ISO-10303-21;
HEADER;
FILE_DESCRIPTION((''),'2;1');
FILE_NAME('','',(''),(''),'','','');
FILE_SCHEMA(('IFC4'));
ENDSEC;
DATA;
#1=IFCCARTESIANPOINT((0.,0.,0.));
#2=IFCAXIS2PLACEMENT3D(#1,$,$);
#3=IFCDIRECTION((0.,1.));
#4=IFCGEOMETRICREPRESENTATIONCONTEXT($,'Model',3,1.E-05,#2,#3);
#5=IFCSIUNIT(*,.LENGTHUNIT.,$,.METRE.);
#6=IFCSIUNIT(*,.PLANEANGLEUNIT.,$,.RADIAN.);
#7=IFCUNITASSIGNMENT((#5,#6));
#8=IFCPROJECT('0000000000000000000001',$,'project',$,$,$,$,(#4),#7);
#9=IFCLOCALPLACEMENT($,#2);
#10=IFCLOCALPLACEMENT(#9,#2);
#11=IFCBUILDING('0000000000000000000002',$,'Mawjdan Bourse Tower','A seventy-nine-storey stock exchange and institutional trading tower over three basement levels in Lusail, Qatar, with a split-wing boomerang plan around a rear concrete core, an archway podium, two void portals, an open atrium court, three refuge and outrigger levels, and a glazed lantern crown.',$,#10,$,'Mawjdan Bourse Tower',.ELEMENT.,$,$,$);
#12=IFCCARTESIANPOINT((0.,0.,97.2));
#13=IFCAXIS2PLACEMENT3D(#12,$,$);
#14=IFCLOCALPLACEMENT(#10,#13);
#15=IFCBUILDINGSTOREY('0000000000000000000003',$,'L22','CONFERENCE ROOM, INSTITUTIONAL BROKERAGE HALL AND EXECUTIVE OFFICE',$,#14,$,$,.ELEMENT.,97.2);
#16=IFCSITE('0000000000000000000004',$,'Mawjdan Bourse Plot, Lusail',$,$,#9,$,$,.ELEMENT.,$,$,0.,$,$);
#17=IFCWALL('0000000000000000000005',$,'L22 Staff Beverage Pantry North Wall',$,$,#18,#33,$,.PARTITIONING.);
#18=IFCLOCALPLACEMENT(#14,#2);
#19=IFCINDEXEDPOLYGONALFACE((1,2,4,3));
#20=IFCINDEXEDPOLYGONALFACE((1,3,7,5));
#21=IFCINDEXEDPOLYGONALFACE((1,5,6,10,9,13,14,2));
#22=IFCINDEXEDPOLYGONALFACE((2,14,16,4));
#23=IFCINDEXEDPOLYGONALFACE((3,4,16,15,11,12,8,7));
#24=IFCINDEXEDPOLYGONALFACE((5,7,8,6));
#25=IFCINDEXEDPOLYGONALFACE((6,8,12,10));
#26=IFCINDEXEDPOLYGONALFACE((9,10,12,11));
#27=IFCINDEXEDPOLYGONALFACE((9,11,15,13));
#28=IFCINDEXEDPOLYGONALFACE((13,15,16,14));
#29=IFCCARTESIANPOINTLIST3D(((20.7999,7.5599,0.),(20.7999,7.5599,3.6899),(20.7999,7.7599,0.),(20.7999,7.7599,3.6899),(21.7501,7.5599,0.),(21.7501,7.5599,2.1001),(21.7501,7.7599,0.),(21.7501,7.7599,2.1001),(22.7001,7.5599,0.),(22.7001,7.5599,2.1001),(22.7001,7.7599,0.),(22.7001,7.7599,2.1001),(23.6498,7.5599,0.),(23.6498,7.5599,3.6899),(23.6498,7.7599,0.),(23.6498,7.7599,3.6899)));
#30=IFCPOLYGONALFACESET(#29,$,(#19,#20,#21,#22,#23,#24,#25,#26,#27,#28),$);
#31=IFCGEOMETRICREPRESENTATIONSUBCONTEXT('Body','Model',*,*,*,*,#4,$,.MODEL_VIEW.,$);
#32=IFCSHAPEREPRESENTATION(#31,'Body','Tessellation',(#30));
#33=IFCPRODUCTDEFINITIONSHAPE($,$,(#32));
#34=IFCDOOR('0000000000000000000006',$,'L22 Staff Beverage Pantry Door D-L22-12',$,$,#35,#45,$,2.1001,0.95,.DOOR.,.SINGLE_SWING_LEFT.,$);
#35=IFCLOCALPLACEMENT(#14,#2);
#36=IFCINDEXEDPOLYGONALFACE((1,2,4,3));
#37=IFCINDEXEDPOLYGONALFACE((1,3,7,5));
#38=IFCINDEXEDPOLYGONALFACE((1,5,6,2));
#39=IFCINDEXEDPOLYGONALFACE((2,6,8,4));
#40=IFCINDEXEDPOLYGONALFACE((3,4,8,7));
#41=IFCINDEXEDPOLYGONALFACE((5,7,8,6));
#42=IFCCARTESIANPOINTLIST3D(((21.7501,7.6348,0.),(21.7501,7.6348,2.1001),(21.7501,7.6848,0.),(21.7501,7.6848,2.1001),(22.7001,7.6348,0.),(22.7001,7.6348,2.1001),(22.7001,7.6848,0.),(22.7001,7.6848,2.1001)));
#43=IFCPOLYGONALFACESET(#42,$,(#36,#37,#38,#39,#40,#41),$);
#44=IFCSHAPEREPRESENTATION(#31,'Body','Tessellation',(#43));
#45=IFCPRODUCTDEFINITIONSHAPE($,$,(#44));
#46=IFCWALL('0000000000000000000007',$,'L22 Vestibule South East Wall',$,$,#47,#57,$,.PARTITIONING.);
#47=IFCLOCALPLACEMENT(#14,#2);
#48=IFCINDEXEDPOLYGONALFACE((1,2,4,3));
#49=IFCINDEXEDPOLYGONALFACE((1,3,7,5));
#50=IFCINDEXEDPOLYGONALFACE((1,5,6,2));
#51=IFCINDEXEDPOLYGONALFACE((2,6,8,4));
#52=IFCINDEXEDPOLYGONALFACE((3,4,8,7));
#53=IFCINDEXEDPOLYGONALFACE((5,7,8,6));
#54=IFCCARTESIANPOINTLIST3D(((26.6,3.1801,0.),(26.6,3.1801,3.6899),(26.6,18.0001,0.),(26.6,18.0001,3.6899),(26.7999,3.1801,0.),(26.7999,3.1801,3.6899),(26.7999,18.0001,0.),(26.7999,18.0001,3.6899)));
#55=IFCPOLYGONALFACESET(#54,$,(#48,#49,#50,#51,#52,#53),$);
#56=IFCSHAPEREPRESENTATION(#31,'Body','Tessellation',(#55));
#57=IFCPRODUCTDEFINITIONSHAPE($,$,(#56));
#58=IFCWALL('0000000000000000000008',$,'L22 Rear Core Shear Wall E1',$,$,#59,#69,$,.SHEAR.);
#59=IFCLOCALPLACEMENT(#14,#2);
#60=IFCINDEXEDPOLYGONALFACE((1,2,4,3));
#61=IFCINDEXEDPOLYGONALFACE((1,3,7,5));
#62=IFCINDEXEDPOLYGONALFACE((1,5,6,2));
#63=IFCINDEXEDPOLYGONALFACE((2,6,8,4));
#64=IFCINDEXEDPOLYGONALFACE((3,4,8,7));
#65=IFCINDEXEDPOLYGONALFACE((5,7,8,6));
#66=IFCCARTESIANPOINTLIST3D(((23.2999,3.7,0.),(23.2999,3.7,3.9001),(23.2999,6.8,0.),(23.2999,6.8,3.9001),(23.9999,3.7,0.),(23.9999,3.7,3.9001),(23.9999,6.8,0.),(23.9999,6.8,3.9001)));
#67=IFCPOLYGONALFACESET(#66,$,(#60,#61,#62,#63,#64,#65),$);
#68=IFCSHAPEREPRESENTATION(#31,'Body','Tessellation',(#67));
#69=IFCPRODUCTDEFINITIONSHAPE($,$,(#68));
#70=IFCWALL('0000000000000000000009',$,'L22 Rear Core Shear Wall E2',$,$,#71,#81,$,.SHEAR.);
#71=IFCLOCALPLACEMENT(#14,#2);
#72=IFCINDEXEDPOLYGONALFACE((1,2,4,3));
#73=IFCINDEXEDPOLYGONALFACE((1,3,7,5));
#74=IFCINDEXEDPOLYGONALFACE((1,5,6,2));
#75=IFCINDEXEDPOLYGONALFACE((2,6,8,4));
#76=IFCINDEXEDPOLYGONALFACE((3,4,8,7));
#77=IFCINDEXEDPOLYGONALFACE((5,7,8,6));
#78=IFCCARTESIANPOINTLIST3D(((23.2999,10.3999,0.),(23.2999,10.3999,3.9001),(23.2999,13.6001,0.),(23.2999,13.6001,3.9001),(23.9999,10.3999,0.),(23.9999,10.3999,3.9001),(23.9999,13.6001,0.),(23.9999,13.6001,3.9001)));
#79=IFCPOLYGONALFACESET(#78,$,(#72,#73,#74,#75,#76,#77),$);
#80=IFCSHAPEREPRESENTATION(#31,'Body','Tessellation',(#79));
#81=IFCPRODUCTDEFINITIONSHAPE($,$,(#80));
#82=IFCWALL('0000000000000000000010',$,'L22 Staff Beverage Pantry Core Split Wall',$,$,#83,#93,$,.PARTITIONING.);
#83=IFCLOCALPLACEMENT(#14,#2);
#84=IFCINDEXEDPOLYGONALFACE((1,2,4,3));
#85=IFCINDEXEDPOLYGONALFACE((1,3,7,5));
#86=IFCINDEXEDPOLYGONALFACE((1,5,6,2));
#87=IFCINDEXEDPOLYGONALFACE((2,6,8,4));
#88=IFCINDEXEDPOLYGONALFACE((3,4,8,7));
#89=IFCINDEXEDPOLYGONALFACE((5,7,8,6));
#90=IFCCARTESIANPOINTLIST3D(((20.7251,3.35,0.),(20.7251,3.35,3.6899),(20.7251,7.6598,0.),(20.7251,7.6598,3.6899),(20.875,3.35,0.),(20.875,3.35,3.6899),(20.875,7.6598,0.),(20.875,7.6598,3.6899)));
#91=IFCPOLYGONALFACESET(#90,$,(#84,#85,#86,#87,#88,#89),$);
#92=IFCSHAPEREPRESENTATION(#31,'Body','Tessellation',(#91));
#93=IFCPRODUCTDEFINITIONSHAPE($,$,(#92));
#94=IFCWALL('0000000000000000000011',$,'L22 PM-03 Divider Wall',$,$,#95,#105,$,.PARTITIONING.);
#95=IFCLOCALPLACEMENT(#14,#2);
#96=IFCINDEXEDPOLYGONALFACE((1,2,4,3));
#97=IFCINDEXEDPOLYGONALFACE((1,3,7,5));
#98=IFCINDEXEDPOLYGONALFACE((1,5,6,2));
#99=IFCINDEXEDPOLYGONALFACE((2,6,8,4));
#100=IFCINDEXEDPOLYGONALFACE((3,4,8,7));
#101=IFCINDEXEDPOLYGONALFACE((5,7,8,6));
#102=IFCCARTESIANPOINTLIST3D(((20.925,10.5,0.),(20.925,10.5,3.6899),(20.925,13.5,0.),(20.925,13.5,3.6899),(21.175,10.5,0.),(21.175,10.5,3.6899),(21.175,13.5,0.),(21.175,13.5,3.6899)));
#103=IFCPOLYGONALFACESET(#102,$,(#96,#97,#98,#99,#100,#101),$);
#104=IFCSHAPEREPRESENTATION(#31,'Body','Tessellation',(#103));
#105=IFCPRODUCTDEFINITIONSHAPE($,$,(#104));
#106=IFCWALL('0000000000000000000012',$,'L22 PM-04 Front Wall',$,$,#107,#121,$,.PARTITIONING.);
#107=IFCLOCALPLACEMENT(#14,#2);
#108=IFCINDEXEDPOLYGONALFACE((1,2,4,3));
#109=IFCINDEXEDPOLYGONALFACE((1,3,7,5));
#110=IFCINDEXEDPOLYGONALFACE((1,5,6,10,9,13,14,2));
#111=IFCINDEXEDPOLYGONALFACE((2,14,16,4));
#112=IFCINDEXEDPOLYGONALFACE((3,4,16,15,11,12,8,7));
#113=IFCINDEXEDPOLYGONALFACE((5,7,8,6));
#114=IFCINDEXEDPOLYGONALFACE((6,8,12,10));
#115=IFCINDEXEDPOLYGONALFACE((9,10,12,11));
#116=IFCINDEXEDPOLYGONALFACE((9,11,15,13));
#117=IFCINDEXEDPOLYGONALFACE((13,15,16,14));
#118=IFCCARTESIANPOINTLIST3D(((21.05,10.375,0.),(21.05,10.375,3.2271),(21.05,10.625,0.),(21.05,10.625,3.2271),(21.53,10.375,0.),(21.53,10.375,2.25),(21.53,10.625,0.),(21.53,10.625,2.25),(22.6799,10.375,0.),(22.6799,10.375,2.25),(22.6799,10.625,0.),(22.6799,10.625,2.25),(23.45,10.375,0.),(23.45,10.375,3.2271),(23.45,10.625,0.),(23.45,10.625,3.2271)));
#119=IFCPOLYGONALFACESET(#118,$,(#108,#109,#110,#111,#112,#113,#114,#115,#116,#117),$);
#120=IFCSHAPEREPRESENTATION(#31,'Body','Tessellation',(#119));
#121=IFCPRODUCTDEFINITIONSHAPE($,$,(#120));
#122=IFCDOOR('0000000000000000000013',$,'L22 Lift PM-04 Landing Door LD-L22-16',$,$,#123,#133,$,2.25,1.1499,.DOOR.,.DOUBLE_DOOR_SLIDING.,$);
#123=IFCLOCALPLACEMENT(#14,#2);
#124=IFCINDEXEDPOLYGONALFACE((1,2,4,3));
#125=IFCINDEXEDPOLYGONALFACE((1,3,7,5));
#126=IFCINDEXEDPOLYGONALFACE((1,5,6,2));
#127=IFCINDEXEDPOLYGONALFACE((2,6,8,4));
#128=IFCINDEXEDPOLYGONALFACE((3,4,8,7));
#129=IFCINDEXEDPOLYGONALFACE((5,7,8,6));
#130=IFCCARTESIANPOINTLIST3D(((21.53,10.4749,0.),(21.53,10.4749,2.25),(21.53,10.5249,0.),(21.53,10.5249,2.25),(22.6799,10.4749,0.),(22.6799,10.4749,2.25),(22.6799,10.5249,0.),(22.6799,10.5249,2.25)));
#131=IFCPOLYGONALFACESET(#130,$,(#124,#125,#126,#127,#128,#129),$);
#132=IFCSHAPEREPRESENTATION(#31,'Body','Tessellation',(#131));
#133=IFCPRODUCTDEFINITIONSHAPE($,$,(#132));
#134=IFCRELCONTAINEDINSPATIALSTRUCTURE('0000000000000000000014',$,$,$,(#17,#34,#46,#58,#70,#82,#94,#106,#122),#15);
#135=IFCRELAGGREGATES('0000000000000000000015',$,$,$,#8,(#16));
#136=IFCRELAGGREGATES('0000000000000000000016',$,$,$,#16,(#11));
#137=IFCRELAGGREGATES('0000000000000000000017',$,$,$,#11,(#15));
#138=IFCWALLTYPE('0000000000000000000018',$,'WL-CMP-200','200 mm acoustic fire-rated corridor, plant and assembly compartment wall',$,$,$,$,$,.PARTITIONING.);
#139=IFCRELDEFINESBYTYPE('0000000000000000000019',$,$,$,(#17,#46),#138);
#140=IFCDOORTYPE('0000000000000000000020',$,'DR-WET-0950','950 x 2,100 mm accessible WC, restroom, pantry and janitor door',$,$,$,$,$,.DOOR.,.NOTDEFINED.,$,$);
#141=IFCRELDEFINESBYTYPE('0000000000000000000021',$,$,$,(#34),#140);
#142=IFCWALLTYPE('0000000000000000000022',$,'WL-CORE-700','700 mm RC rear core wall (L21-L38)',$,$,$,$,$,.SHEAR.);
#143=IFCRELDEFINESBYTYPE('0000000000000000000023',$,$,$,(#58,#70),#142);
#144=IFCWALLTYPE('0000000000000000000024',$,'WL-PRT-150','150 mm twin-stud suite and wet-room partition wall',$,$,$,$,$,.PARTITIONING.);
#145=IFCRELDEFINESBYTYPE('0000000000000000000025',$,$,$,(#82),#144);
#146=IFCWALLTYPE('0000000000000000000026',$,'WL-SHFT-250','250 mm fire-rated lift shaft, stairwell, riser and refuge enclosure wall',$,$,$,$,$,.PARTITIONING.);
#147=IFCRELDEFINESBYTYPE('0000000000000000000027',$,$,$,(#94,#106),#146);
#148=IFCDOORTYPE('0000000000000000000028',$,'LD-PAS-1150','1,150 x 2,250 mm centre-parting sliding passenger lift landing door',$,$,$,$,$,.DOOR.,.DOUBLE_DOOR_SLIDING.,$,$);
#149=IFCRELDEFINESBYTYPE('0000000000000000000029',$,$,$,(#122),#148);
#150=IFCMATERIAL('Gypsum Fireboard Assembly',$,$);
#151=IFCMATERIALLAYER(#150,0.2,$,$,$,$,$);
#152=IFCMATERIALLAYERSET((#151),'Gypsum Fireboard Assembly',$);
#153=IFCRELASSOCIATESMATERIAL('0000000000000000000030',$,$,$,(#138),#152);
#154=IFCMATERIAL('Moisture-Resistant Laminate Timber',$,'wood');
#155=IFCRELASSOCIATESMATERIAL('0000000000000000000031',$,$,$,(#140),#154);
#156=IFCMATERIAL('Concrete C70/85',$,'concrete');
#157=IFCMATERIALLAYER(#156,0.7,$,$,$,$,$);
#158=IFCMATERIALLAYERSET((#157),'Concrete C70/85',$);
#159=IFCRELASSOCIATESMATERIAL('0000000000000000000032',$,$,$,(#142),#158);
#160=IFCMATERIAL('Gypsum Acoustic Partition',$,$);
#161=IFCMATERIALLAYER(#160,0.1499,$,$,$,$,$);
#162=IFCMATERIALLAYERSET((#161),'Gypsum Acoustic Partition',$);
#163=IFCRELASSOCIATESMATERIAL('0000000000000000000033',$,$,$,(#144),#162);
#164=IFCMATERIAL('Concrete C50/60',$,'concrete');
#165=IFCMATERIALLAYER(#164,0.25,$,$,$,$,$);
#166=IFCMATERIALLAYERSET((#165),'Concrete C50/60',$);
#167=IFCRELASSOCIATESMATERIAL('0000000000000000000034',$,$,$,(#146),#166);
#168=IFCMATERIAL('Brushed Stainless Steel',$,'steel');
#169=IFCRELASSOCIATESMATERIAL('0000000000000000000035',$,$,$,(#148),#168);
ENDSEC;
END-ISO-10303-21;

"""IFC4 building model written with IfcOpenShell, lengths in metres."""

from ifc_helpers import new_model, si_unit, direction, frame, frame_2d, origin, place, context, subcontext, project, spatial, rectangle, extrude, material, layer, layer_set, type_object, element, fill, save


model = new_model("IFC4")

# Units and contexts
model_context = context("Model", 3, precision=1e-05, world=origin(), true_north=direction((0.0, 1.0)))
body_context = subcontext(model_context, "Body", "Model", "MODEL_VIEW")
ifc_project = project(units=[si_unit("LENGTHUNIT", "METRE"), si_unit("PLANEANGLEUNIT", "RADIAN")], contexts=[model_context])

# Site, building, storey
site_placement = place(None, origin())
site = spatial("IfcSite", under=ifc_project, at=site_placement, Name="Mawjdan Bourse Plot, Lusail", CompositionType="ELEMENT", RefElevation=0.0)
building_placement = place(site_placement, origin())
building = spatial("IfcBuilding", under=site, at=building_placement, Name="Mawjdan Bourse Tower", Description="A seventy-nine-storey stock exchange and institutional trading tower over three basement levels in Lusail, Qatar, with a split-wing boomerang plan around a rear concrete core, an archway podium, two void portals, an open atrium court, three refuge and outrigger levels, and a glazed lantern crown.", LongName="Mawjdan Bourse Tower", CompositionType="ELEMENT")
storey_placement = place(building_placement, frame((0.0, 0.0, 97.2)))
storey = spatial("IfcBuildingStorey", under=building, at=storey_placement, Name="L22", Description="CONFERENCE ROOM, INSTITUTIONAL BROKERAGE HALL AND EXECUTIVE OFFICE", CompositionType="ELEMENT", Elevation=97.2)

# Shared definitions
ifc_material_1 = material(Name="Concrete C70/85", Category="concrete")

# Wall, opening, door
ifc_material_2 = material(Name="Gypsum Fireboard Assembly")
ifc_layer_1 = layer(ifc_material_2, 0.2)
ifc_layer_set_1 = layer_set([ifc_layer_1], Name="Gypsum Fireboard Assembly")
wall_type_1 = type_object("IfcWallType", Name="WL-CMP-200", Description="200 mm acoustic fire-rated corridor, plant and assembly compartment wall", PredefinedType="PARTITIONING", material=ifc_layer_set_1)
wall_1_placement = place(storey_placement, frame((20.8, 7.6599, 0.0), z_axis=(0.0, 0.0, 1.0), x_axis=(1.0, 0.0, 0.0)))
wall_1 = element("IfcWall", 1, at=wall_1_placement, inside=storey, type_object=wall_type_1, Name="L22 Staff Beverage Pantry North Wall", PredefinedType="PARTITIONING", context=body_context, shape_type="SweptSolid", body=[
    extrude(rectangle(XDim=2.8499, YDim=0.2, at=frame_2d((1.4248, 0.0))), origin(), (0.0, 0.0, 1.0), 3.6899),
])
opening_1_placement = place(wall_1_placement, frame((0.95, 0.0, 0.0)))
opening_1 = element("IfcOpeningElement", 2, at=opening_1_placement, cuts=wall_1, PredefinedType="OPENING", context=body_context, shape_type="SweptSolid", body=[
    extrude(rectangle(XDim=0.95, YDim=2.1001, at=frame_2d((0.4751, 1.05))), frame((0.0, 0.1099, 0.0), z_axis=(0.0, -1.0, 0.0), x_axis=(1.0, 0.0, 0.0)), (0.0, 0.0, 1.0), 0.22),
])
ifc_material_3 = material(Name="Moisture-Resistant Laminate Timber", Category="wood")
door_type_1 = type_object("IfcDoorType", Name="DR-WET-0950", Description="950 x 2,100 mm accessible WC, restroom, pantry and janitor door", OperationType="NOTDEFINED", PredefinedType="DOOR", material=ifc_material_3)
door_1_placement = place(opening_1_placement, origin())
door_1 = element("IfcDoor", 3, at=door_1_placement, inside=storey, type_object=door_type_1, Name="L22 Staff Beverage Pantry Door D-L22-12", OperationType="SINGLE_SWING_LEFT", OverallHeight=2.1001, OverallWidth=0.95, PredefinedType="DOOR", context=body_context, shape_type="SweptSolid", body=[
    extrude(rectangle(XDim=0.95, YDim=2.1001, at=frame_2d((0.4751, 1.05))), frame((0.0, 0.0249, 0.0), z_axis=(0.0, -1.0, 0.0), x_axis=(1.0, 0.0, 0.0)), (0.0, 0.0, 1.0), 0.05),
])
fill(opening_1, door_1)

# Walls
wall_2_placement = place(storey_placement, frame((26.7, 3.1799, 0.0), z_axis=(0.0, 0.0, 1.0), x_axis=(0.0, 1.0, 0.0)))
element("IfcWall", 4, at=wall_2_placement, inside=storey, type_object=wall_type_1, Name="L22 Vestibule South East Wall", PredefinedType="PARTITIONING", context=body_context, shape_type="SweptSolid", body=[
    extrude(rectangle(XDim=14.8201, YDim=0.2, at=frame_2d((7.4102, 0.0))), origin(), (0.0, 0.0, 1.0), 3.6899),
])
ifc_layer_2 = layer(ifc_material_1, 0.7)
ifc_layer_set_2 = layer_set([ifc_layer_2], Name="Concrete C70/85")
wall_type_2 = type_object("IfcWallType", Name="WL-CORE-700", Description="700 mm RC rear core wall (L21-L38)", PredefinedType="SHEAR", material=ifc_layer_set_2)
wall_3_placement = place(storey_placement, frame((23.6499, 3.7, 0.0), z_axis=(0.0, 0.0, 1.0), x_axis=(0.0, 1.0, 0.0)))
element("IfcWall", 5, at=wall_3_placement, inside=storey, type_object=wall_type_2, Name="L22 Rear Core Shear Wall E1", PredefinedType="SHEAR", context=body_context, shape_type="SweptSolid", body=[
    extrude(rectangle(XDim=3.1001, YDim=0.7, at=frame_2d((1.55, 0.0))), origin(), (0.0, 0.0, 1.0), 3.9001),
])
wall_4_placement = place(storey_placement, frame((23.6499, 10.3999, 0.0), z_axis=(0.0, 0.0, 1.0), x_axis=(0.0, 1.0, 0.0)))
element("IfcWall", 6, at=wall_4_placement, inside=storey, type_object=wall_type_2, Name="L22 Rear Core Shear Wall E2", PredefinedType="SHEAR", context=body_context, shape_type="SweptSolid", body=[
    extrude(rectangle(XDim=3.2002, YDim=0.7, at=frame_2d((1.6001, 0.0))), origin(), (0.0, 0.0, 1.0), 3.9001),
])
ifc_material_4 = material(Name="Gypsum Acoustic Partition")
ifc_layer_3 = layer(ifc_material_4, 0.1499)
ifc_layer_set_3 = layer_set([ifc_layer_3], Name="Gypsum Acoustic Partition")
wall_type_3 = type_object("IfcWallType", Name="WL-PRT-150", Description="150 mm twin-stud suite and wet-room partition wall", PredefinedType="PARTITIONING", material=ifc_layer_set_3)
wall_5_placement = place(storey_placement, frame((20.8, 3.3501, 0.0), z_axis=(0.0, 0.0, 1.0), x_axis=(0.0, 1.0, 0.0)))
element("IfcWall", 7, at=wall_5_placement, inside=storey, type_object=wall_type_3, Name="L22 Staff Beverage Pantry Core Split Wall", PredefinedType="PARTITIONING", context=body_context, shape_type="SweptSolid", body=[
    extrude(rectangle(XDim=4.3098, YDim=0.1499, at=frame_2d((2.1548, 0.0))), origin(), (0.0, 0.0, 1.0), 3.6899),
])
ifc_material_5 = material(Name="Concrete C50/60", Category="concrete")
ifc_layer_4 = layer(ifc_material_5, 0.25)
ifc_layer_set_4 = layer_set([ifc_layer_4], Name="Concrete C50/60")
wall_type_4 = type_object("IfcWallType", Name="WL-SHFT-250", Description="250 mm fire-rated lift shaft, stairwell, riser and refuge enclosure wall", PredefinedType="PARTITIONING", material=ifc_layer_set_4)
wall_6_placement = place(storey_placement, frame((21.05, 10.5, 0.0), z_axis=(0.0, 0.0, 1.0), x_axis=(0.0, 1.0, 0.0)))
element("IfcWall", 8, at=wall_6_placement, inside=storey, type_object=wall_type_4, Name="L22 PM-03 Divider Wall", PredefinedType="PARTITIONING", context=body_context, shape_type="SweptSolid", body=[
    extrude(rectangle(XDim=3.0, YDim=0.25, at=frame_2d((1.5, 0.0))), origin(), (0.0, 0.0, 1.0), 3.6899),
])

# Wall, opening, door
wall_7_placement = place(storey_placement, frame((21.05, 10.5, 0.0), z_axis=(0.0, 0.0, 1.0), x_axis=(1.0, 0.0, 0.0)))
wall_7 = element("IfcWall", 9, at=wall_7_placement, inside=storey, type_object=wall_type_4, Name="L22 PM-04 Front Wall", PredefinedType="PARTITIONING", context=body_context, shape_type="SweptSolid", body=[
    extrude(rectangle(XDim=2.3999, YDim=0.25, at=frame_2d((1.2, 0.0))), origin(), (0.0, 0.0, 1.0), 3.2271),
])
opening_2_placement = place(wall_7_placement, frame((0.48, 0.0, 0.0)))
opening_2 = element("IfcOpeningElement", 10, at=opening_2_placement, cuts=wall_7, PredefinedType="OPENING", context=body_context, shape_type="SweptSolid", body=[
    extrude(rectangle(XDim=1.1499, YDim=2.25, at=frame_2d((0.575, 1.125))), frame((0.0, 0.135, 0.0), z_axis=(0.0, -1.0, 0.0), x_axis=(1.0, 0.0, 0.0)), (0.0, 0.0, 1.0), 0.27),
])
ifc_material_6 = material(Name="Brushed Stainless Steel", Category="steel")
door_type_2 = type_object("IfcDoorType", Name="LD-PAS-1150", Description="1,150 x 2,250 mm centre-parting sliding passenger lift landing door", OperationType="DOUBLE_DOOR_SLIDING", PredefinedType="DOOR", material=ifc_material_6)
door_2_placement = place(opening_2_placement, origin())
door_2 = element("IfcDoor", 11, at=door_2_placement, inside=storey, type_object=door_type_2, Name="L22 Lift PM-04 Landing Door LD-L22-16", OperationType="DOUBLE_DOOR_SLIDING", OverallHeight=2.25, OverallWidth=1.1499, PredefinedType="DOOR", context=body_context, shape_type="SweptSolid", body=[
    extrude(rectangle(XDim=1.1499, YDim=2.25, at=frame_2d((0.575, 1.125))), frame((0.0, 0.0249, 0.0), z_axis=(0.0, -1.0, 0.0), x_axis=(1.0, 0.0, 0.0)), (0.0, 0.0, 1.0), 0.05),
])
fill(opening_2, door_2)

save(model, "model.ifc")
